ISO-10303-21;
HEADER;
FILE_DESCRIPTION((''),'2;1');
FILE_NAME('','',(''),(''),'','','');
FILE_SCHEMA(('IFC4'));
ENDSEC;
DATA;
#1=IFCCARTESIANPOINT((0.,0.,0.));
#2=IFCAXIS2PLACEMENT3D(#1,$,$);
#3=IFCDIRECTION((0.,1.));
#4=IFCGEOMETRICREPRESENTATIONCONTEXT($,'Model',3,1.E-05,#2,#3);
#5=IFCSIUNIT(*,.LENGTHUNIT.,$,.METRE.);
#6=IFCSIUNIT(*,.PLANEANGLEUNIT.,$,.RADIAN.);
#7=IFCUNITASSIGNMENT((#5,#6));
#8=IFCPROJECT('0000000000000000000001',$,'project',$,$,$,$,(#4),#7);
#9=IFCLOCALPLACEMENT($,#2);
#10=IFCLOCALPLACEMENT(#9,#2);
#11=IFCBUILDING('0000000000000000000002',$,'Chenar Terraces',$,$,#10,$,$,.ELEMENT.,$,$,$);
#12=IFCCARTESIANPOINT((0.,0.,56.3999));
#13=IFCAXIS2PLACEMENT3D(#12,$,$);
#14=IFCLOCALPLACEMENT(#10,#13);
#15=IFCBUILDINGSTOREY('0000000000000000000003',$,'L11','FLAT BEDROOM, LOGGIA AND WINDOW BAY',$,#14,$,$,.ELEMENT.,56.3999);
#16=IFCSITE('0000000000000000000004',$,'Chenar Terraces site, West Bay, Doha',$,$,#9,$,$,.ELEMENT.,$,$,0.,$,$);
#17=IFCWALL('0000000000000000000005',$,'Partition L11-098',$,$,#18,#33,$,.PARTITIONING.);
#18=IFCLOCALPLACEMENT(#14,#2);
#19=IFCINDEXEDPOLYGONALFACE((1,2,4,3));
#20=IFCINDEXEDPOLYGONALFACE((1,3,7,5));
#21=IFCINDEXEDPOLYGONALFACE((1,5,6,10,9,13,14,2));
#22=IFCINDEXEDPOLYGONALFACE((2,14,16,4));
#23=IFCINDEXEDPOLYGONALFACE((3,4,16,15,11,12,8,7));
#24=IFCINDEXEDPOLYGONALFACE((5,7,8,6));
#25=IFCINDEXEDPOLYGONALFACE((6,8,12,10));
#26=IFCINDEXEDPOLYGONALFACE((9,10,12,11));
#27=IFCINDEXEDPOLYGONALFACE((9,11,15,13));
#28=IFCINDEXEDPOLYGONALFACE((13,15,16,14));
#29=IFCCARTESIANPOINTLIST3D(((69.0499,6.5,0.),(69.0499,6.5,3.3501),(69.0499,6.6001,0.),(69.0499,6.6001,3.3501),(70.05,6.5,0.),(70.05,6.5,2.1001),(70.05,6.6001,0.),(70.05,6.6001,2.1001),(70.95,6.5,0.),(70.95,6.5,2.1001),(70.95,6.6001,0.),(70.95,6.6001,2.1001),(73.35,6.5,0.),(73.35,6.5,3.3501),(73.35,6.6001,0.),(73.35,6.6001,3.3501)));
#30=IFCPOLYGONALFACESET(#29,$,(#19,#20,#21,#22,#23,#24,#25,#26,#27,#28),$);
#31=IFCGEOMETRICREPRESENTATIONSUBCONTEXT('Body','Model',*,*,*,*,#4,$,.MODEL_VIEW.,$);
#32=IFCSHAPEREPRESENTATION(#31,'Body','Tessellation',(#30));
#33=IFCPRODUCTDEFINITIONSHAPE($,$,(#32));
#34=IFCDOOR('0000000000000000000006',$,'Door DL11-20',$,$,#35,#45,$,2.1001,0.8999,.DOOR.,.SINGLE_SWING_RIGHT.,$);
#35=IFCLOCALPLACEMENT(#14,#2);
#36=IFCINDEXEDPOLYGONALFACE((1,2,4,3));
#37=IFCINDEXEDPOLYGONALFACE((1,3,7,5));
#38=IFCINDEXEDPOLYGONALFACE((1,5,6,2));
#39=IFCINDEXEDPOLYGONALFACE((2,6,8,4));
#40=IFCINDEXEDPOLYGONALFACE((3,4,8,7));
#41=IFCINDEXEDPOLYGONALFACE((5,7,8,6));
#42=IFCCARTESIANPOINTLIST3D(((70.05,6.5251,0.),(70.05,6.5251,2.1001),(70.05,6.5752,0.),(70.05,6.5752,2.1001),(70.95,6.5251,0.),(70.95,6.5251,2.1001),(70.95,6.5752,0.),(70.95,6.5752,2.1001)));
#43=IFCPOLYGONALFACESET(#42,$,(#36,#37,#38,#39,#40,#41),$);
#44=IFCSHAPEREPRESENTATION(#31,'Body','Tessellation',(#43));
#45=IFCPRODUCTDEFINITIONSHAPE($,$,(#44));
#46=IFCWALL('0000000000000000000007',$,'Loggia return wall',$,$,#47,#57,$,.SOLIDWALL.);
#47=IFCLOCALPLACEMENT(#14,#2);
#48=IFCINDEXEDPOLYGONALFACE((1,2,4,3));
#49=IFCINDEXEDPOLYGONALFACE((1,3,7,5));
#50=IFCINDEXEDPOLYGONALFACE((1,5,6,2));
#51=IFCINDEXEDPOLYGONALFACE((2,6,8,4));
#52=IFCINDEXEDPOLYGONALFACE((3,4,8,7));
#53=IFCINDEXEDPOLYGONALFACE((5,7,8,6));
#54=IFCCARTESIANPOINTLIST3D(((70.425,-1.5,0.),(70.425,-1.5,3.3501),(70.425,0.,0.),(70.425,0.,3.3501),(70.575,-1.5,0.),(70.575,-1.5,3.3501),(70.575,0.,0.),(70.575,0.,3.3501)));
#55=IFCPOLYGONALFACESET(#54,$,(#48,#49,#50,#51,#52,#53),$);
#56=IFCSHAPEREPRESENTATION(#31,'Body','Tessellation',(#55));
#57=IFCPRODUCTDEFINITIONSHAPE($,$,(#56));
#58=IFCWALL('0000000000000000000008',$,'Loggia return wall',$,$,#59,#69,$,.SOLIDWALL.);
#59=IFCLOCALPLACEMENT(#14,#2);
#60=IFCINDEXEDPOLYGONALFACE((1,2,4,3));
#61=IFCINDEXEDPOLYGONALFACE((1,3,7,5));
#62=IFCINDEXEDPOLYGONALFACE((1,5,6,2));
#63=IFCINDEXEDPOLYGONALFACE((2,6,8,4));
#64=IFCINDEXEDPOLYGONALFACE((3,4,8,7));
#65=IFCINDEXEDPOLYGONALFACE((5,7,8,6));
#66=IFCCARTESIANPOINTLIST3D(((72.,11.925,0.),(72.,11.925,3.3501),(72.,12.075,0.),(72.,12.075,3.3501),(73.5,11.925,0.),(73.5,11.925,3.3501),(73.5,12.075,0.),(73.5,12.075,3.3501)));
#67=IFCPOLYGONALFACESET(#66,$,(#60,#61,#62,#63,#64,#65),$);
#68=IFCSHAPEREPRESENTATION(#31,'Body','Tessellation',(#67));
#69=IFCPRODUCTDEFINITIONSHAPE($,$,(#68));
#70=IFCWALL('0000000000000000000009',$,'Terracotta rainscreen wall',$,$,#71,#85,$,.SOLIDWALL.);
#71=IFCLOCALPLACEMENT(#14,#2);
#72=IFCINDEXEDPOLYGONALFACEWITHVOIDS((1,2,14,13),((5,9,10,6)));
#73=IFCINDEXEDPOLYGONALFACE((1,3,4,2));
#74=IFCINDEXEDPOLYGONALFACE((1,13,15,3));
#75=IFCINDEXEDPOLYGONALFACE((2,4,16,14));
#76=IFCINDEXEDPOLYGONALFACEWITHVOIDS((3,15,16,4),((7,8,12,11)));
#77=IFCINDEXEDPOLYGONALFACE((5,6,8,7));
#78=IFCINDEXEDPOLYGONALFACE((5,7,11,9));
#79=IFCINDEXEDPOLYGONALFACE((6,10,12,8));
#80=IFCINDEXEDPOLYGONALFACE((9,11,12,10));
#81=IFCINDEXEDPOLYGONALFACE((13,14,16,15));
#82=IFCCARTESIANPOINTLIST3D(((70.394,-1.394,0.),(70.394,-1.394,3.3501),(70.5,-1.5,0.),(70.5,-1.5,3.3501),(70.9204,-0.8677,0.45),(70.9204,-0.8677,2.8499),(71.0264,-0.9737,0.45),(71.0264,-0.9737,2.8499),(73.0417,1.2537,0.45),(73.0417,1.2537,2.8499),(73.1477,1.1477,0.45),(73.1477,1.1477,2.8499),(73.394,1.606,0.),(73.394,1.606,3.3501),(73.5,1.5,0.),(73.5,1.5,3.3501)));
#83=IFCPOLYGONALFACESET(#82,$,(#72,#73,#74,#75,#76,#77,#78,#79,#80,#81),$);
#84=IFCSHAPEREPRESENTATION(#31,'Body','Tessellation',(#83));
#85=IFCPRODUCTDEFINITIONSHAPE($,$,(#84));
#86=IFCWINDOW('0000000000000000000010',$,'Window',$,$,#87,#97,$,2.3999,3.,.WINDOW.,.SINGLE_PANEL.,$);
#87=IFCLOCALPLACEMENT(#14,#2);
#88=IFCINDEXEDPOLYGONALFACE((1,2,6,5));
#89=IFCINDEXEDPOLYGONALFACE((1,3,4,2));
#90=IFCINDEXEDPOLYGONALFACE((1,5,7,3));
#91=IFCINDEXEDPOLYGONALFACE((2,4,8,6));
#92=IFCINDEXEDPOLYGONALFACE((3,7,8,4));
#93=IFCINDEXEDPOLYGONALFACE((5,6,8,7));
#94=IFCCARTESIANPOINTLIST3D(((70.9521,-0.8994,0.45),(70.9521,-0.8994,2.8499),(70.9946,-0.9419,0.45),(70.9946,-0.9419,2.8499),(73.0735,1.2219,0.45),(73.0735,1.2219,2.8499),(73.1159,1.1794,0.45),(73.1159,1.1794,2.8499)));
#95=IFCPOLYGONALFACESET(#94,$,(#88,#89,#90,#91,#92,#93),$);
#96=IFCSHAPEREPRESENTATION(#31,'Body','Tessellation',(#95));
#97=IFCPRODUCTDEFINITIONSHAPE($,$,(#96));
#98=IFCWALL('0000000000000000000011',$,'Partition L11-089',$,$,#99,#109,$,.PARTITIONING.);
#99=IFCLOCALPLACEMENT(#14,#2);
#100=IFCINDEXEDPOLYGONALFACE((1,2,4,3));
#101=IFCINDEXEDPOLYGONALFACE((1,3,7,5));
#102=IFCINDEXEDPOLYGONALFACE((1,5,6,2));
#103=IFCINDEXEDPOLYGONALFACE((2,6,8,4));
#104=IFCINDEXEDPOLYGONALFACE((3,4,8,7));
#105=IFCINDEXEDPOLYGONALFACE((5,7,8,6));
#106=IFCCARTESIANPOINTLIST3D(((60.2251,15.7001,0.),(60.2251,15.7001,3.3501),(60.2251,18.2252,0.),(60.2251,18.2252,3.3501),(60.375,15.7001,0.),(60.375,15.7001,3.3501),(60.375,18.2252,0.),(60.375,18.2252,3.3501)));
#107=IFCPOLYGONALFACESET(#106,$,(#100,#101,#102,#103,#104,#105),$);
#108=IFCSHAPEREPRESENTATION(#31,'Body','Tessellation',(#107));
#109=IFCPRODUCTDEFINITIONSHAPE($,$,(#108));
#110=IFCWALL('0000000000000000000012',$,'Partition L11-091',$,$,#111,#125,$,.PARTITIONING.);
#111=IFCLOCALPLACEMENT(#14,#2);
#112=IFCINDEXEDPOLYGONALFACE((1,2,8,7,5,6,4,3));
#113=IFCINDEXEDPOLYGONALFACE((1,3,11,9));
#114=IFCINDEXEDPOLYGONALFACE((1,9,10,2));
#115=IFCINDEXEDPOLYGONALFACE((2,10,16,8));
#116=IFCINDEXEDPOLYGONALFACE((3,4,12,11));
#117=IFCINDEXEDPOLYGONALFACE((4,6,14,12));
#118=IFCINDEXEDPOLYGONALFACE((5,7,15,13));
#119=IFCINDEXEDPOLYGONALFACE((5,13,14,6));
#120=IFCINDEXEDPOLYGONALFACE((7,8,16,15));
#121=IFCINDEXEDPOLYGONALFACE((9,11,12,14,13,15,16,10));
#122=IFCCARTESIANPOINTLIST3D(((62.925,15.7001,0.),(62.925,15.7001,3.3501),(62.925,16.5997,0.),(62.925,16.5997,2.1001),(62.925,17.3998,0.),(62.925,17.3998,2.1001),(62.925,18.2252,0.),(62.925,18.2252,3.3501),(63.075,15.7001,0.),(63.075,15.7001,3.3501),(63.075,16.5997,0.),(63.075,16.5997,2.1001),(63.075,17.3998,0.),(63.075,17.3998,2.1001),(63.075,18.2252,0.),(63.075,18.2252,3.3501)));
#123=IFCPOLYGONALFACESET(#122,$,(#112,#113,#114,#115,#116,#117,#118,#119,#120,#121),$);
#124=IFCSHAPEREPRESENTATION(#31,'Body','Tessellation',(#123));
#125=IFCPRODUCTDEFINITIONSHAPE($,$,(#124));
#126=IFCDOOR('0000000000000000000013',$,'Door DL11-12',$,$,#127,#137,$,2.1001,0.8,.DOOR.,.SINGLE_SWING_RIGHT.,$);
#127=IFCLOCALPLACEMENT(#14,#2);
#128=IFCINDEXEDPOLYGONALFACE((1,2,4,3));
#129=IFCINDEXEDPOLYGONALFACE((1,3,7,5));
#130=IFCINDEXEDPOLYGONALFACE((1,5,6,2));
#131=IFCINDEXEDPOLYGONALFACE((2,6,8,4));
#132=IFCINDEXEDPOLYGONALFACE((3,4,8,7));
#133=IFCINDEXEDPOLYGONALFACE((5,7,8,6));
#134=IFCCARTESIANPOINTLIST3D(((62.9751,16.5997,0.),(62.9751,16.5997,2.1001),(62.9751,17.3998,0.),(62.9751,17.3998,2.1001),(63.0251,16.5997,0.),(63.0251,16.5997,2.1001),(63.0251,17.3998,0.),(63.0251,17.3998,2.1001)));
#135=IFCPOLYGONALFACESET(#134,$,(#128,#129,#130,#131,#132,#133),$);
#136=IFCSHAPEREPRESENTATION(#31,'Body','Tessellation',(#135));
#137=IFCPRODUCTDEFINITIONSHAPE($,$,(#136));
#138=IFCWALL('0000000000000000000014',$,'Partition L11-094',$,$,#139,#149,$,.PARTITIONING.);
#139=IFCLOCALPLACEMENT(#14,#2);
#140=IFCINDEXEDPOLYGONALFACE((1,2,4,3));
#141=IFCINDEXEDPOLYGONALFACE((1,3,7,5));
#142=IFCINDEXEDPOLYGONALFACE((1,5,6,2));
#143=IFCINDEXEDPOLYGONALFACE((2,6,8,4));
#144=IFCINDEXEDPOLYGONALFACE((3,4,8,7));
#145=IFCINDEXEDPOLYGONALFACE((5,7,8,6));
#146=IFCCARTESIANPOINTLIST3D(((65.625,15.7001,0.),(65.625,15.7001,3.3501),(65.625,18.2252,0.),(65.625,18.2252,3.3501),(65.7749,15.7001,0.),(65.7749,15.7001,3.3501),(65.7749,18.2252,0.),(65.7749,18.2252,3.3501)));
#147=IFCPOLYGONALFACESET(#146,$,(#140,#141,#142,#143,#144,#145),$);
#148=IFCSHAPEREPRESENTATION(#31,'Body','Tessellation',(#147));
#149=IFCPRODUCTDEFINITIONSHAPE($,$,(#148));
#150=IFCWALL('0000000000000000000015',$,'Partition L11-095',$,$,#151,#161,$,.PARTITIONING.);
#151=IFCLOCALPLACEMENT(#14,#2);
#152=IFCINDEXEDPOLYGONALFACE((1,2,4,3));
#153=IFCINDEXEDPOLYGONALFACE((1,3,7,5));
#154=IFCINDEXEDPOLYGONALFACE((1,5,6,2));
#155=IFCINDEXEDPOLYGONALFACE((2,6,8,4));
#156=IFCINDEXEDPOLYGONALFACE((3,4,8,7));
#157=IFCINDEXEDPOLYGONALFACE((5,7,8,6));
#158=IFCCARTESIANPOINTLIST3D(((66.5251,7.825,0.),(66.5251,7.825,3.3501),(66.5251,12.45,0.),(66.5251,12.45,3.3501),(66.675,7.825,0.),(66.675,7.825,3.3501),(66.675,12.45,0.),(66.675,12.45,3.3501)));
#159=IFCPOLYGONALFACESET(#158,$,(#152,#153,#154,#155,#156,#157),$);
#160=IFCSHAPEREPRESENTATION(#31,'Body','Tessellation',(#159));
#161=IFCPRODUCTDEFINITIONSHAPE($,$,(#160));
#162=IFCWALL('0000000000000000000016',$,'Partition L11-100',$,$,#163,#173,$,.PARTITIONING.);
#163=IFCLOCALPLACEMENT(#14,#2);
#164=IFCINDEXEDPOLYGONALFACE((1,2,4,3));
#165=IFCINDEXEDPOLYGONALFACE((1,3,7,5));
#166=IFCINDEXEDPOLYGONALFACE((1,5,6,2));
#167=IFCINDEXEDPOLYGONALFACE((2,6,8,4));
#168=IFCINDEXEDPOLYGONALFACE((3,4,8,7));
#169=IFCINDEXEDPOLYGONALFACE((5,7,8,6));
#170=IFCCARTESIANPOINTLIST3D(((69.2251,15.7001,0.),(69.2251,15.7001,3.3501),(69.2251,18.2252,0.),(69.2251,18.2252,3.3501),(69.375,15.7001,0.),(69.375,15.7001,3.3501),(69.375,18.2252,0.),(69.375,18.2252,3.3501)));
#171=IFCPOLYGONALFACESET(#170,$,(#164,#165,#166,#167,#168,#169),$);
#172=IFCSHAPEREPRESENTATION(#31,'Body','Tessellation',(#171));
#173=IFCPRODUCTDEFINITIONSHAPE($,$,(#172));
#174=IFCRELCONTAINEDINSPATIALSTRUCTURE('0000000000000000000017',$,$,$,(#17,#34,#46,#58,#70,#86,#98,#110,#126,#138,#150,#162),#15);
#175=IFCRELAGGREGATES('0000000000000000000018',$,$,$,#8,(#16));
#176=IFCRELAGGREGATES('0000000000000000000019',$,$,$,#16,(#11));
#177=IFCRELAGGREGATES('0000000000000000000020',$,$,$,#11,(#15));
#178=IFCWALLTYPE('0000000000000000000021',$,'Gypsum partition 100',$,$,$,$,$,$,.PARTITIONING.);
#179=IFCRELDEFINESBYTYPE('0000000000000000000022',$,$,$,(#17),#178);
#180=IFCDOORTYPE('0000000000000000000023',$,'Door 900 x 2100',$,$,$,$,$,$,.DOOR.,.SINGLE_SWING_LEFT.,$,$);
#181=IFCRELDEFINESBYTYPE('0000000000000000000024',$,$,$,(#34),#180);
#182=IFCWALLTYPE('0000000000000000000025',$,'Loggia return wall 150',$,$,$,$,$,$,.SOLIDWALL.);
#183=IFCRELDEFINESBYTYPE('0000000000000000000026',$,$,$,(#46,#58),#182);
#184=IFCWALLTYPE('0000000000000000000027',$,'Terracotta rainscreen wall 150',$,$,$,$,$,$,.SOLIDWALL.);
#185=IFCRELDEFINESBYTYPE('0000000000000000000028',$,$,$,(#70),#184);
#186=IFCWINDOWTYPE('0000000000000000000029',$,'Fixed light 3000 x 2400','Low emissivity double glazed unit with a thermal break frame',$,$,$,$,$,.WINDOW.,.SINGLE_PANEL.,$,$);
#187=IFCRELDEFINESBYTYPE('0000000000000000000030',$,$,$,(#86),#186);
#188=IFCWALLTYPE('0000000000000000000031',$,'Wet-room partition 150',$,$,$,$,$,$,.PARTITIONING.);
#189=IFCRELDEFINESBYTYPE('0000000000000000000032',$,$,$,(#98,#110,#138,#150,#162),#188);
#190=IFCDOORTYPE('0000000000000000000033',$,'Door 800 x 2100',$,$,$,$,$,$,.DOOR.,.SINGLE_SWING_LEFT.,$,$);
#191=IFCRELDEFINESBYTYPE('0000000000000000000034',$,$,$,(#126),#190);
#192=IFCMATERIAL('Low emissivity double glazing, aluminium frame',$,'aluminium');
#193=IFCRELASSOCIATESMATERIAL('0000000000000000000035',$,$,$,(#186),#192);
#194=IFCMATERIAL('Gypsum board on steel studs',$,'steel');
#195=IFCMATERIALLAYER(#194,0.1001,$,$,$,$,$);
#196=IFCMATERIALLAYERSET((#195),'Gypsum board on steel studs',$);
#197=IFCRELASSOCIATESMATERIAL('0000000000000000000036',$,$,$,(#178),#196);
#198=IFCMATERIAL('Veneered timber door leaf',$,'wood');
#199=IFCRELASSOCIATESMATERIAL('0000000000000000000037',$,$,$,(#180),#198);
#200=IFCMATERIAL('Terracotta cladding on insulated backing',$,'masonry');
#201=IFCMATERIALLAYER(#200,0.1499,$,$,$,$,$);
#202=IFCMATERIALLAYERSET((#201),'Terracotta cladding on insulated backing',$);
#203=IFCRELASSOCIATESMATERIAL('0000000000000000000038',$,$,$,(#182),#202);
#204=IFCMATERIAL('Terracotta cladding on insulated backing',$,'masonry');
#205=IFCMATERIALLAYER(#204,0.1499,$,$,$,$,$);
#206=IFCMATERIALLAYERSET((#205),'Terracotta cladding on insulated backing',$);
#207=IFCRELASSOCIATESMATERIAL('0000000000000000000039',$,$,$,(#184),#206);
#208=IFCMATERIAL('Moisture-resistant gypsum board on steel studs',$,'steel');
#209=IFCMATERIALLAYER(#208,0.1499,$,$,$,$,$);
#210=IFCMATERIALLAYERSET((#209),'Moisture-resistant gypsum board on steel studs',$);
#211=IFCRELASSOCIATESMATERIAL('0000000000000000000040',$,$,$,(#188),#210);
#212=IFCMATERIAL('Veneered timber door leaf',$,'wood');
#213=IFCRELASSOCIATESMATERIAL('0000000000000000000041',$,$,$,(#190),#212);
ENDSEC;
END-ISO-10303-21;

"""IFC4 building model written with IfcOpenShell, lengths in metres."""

from ifc_helpers import new_model, si_unit, direction, frame, frame_2d, origin, place, context, subcontext, project, spatial, rectangle, extrude, material, layer, layer_set, type_object, element, fill, save


model = new_model("IFC4")

# Units and contexts
model_context = context("Model", 3, precision=1e-05, world=origin(), true_north=direction((0.0, 1.0)))
body_context = subcontext(model_context, "Body", "Model", "MODEL_VIEW")
ifc_project = project(units=[si_unit("LENGTHUNIT", "METRE"), si_unit("PLANEANGLEUNIT", "RADIAN")], contexts=[model_context])

# Site, building, storey
site_placement = place(None, origin())
site = spatial("IfcSite", under=ifc_project, at=site_placement, Name="Chenar Terraces site, West Bay, Doha", CompositionType="ELEMENT", RefElevation=0.0)
building_placement = place(site_placement, origin())
building = spatial("IfcBuilding", under=site, at=building_placement, Name="Chenar Terraces", CompositionType="ELEMENT")
storey_placement = place(building_placement, frame((0.0, 0.0, 56.3999)))
storey = spatial("IfcBuildingStorey", under=building, at=storey_placement, Name="L11", Description="FLAT BEDROOM, LOGGIA AND WINDOW BAY", CompositionType="ELEMENT", Elevation=56.3999)

# Shared definitions
ifc_material_1 = material(Name="Low emissivity double glazing, aluminium frame", Category="aluminium")
window_type_1 = type_object("IfcWindowType", Name="Fixed light 3000 x 2400", Description="Low emissivity double glazed unit with a thermal break frame", PartitioningType="SINGLE_PANEL", PredefinedType="WINDOW", material=ifc_material_1)

# Shared definitions
ifc_material_2 = material(Name="Gypsum board on steel studs", Category="steel")
ifc_layer_1 = layer(ifc_material_2, 0.1001)
ifc_layer_set_1 = layer_set([ifc_layer_1], Name="Gypsum board on steel studs")
wall_type_1 = type_object("IfcWallType", Name="Gypsum partition 100", PredefinedType="PARTITIONING", material=ifc_layer_set_1)

# Wall, opening, door
wall_1_placement = place(storey_placement, frame((69.05, 6.55, 0.0), z_axis=(0.0, 0.0, 1.0), x_axis=(1.0, 0.0, 0.0)))
wall_1 = element("IfcWall", 1, at=wall_1_placement, inside=storey, type_object=wall_type_1, Name="Partition L11-098", PredefinedType="PARTITIONING", context=body_context, shape_type="SweptSolid", body=[
    extrude(rectangle(XDim=4.3, YDim=0.1001, at=frame_2d((2.1499, 0.0))), origin(), (0.0, 0.0, 1.0), 3.3501),
])
opening_1_placement = place(wall_1_placement, frame((1.0, 0.0, 0.0)))
opening_1 = element("IfcOpeningElement", 2, at=opening_1_placement, cuts=wall_1, PredefinedType="OPENING", context=body_context, shape_type="SweptSolid", body=[
    extrude(rectangle(XDim=0.8999, YDim=2.1001, at=frame_2d((0.45, 1.05))), frame((0.0, 0.0601, 0.0), z_axis=(0.0, -1.0, 0.0), x_axis=(1.0, 0.0, 0.0)), (0.0, 0.0, 1.0), 0.1201),
])
ifc_material_3 = material(Name="Veneered timber door leaf", Category="wood")
door_type_1 = type_object("IfcDoorType", Name="Door 900 x 2100", OperationType="SINGLE_SWING_LEFT", PredefinedType="DOOR", material=ifc_material_3)
door_1_placement = place(opening_1_placement, frame((0.8999, 0.0, 0.0), z_axis=(0.0, 0.0, 1.0), x_axis=(-1.0, 0.0, 0.0)))
door_1 = element("IfcDoor", 3, at=door_1_placement, inside=storey, type_object=door_type_1, Name="Door DL11-20", OperationType="SINGLE_SWING_RIGHT", OverallHeight=2.1001, OverallWidth=0.8999, PredefinedType="DOOR", context=body_context, shape_type="SweptSolid", body=[
    extrude(rectangle(XDim=0.8999, YDim=2.1001, at=frame_2d((0.45, 1.05))), frame((0.0, 0.0249, 0.0), z_axis=(0.0, -1.0, 0.0), x_axis=(1.0, 0.0, 0.0)), (0.0, 0.0, 1.0), 0.05),
])
fill(opening_1, door_1)

# Walls
ifc_material_4 = material(Name="Terracotta cladding on insulated backing", Category="masonry")
ifc_layer_2 = layer(ifc_material_4, 0.1499)
ifc_layer_set_2 = layer_set([ifc_layer_2], Name="Terracotta cladding on insulated backing")
wall_type_2 = type_object("IfcWallType", Name="Loggia return wall 150", PredefinedType="SOLIDWALL", material=ifc_layer_set_2)
for number, where, z_axis, x_axis, name in (
    (4, (70.5, -1.5, 0.0), (0.0, 0.0, 1.0), (0.0, 1.0, 0.0), "Loggia return wall"),
    (5, (73.5, 12.0, 0.0), (0.0, 0.0, 1.0), (-1.0, 0.0, 0.0), "Loggia return wall"),
):
    element("IfcWall", number, at=place(storey_placement, frame(where, z_axis=z_axis, x_axis=x_axis)), inside=storey, type_object=wall_type_2, Name=name, PredefinedType="SOLIDWALL", context=body_context, shape_type="SweptSolid", body=[
        extrude(rectangle(XDim=1.5, YDim=0.1499, at=frame_2d((0.75, 0.0))), origin(), (0.0, 0.0, 1.0), 3.3501),
    ])

# Wall, opening, window
ifc_material_5 = material(Name="Terracotta cladding on insulated backing", Category="masonry")
ifc_layer_3 = layer(ifc_material_5, 0.1499)
ifc_layer_set_3 = layer_set([ifc_layer_3], Name="Terracotta cladding on insulated backing")
wall_type_3 = type_object("IfcWallType", Name="Terracotta rainscreen wall 150", PredefinedType="SOLIDWALL", material=ifc_layer_set_3)
wall_2_placement = place(storey_placement, frame((70.447, -1.447, 0.0), z_axis=(0.0, 0.0, 1.0), x_axis=(0.707107, 0.707107, 0.0)))
wall_2 = element("IfcWall", 6, at=wall_2_placement, inside=storey, type_object=wall_type_3, Name="Terracotta rainscreen wall", PredefinedType="SOLIDWALL", context=body_context, shape_type="SweptSolid", body=[
    extrude(rectangle(XDim=4.2427, YDim=0.1499, at=frame_2d((2.1213, 0.0))), origin(), (0.0, 0.0, 1.0), 3.3501),
])
opening_2_placement = place(wall_2_placement, frame((0.7444, 0.0, 0.45)))
opening_2 = element("IfcOpeningElement", 7, at=opening_2_placement, cuts=wall_2, PredefinedType="OPENING", context=body_context, shape_type="SweptSolid", body=[
    extrude(rectangle(XDim=3.0, YDim=2.3999, at=frame_2d((1.5, 1.2))), frame((0.0, 0.085, 0.0), z_axis=(0.0, -1.0, 0.0), x_axis=(1.0, 0.0, 0.0)), (0.0, 0.0, 1.0), 0.1699),
])
window_1_placement = place(opening_2_placement, origin())
window_1 = element("IfcWindow", 8, at=window_1_placement, inside=storey, type_object=window_type_1, Name="Window", OverallHeight=2.3999, OverallWidth=3.0, PartitioningType="SINGLE_PANEL", PredefinedType="WINDOW", context=body_context, shape_type="SweptSolid", body=[
    extrude(rectangle(XDim=3.0, YDim=2.3999, at=frame_2d((1.5, 1.2))), frame((0.0, 0.03, 0.0), z_axis=(0.0, -1.0, 0.0), x_axis=(1.0, 0.0, 0.0)), (0.0, 0.0, 1.0), 0.0601),
])
fill(opening_2, window_1)

# Wall
ifc_material_6 = material(Name="Moisture-resistant gypsum board on steel studs", Category="steel")
ifc_layer_4 = layer(ifc_material_6, 0.1499)
ifc_layer_set_4 = layer_set([ifc_layer_4], Name="Moisture-resistant gypsum board on steel studs")
wall_type_4 = type_object("IfcWallType", Name="Wet-room partition 150", PredefinedType="PARTITIONING", material=ifc_layer_set_4)
wall_3_placement = place(storey_placement, frame((60.3, 15.7, 0.0), z_axis=(0.0, 0.0, 1.0), x_axis=(0.0, 1.0, 0.0)))
element("IfcWall", 9, at=wall_3_placement, inside=storey, type_object=wall_type_4, Name="Partition L11-089", PredefinedType="PARTITIONING", context=body_context, shape_type="SweptSolid", body=[
    extrude(rectangle(XDim=2.5251, YDim=0.1499, at=frame_2d((1.2627, 0.0))), origin(), (0.0, 0.0, 1.0), 3.3501),
])

# Wall, opening, door
wall_4_placement = place(storey_placement, frame((63.0, 15.7, 0.0), z_axis=(0.0, 0.0, 1.0), x_axis=(0.0, 1.0, 0.0)))
wall_4 = element("IfcWall", 10, at=wall_4_placement, inside=storey, type_object=wall_type_4, Name="Partition L11-091", PredefinedType="PARTITIONING", context=body_context, shape_type="SweptSolid", body=[
    extrude(rectangle(XDim=2.5251, YDim=0.1499, at=frame_2d((1.2627, 0.0))), origin(), (0.0, 0.0, 1.0), 3.3501),
])
opening_3_placement = place(wall_4_placement, frame((0.8999, 0.0, 0.0)))
opening_3 = element("IfcOpeningElement", 11, at=opening_3_placement, cuts=wall_4, PredefinedType="OPENING", context=body_context, shape_type="SweptSolid", body=[
    extrude(rectangle(XDim=0.8, YDim=2.1001, at=frame_2d((0.3999, 1.05))), frame((0.0, 0.085, 0.0), z_axis=(0.0, -1.0, 0.0), x_axis=(1.0, 0.0, 0.0)), (0.0, 0.0, 1.0), 0.1699),
])
ifc_material_7 = material(Name="Veneered timber door leaf", Category="wood")
door_type_2 = type_object("IfcDoorType", Name="Door 800 x 2100", OperationType="SINGLE_SWING_LEFT", PredefinedType="DOOR", material=ifc_material_7)
door_2_placement = place(opening_3_placement, origin())
door_2 = element("IfcDoor", 12, at=door_2_placement, inside=storey, type_object=door_type_2, Name="Door DL11-12", OperationType="SINGLE_SWING_RIGHT", OverallHeight=2.1001, OverallWidth=0.8, PredefinedType="DOOR", context=body_context, shape_type="SweptSolid", body=[
    extrude(rectangle(XDim=0.8, YDim=2.1001, at=frame_2d((0.3999, 1.05))), frame((0.0, 0.0249, 0.0), z_axis=(0.0, -1.0, 0.0), x_axis=(1.0, 0.0, 0.0)), (0.0, 0.0, 1.0), 0.05),
])
fill(opening_3, door_2)

# Walls
wall_5_placement = place(storey_placement, frame((65.7, 15.7, 0.0), z_axis=(0.0, 0.0, 1.0), x_axis=(0.0, 1.0, 0.0)))
element("IfcWall", 13, at=wall_5_placement, inside=storey, type_object=wall_type_4, Name="Partition L11-094", PredefinedType="PARTITIONING", context=body_context, shape_type="SweptSolid", body=[
    extrude(rectangle(XDim=2.5251, YDim=0.1499, at=frame_2d((1.2627, 0.0))), origin(), (0.0, 0.0, 1.0), 3.3501),
])
wall_6_placement = place(storey_placement, frame((66.6001, 7.825, 0.0), z_axis=(0.0, 0.0, 1.0), x_axis=(0.0, 1.0, 0.0)))
element("IfcWall", 14, at=wall_6_placement, inside=storey, type_object=wall_type_4, Name="Partition L11-095", PredefinedType="PARTITIONING", context=body_context, shape_type="SweptSolid", body=[
    extrude(rectangle(XDim=4.625, YDim=0.1499, at=frame_2d((2.3125, 0.0))), origin(), (0.0, 0.0, 1.0), 3.3501),
])
wall_7_placement = place(storey_placement, frame((69.3, 15.7, 0.0), z_axis=(0.0, 0.0, 1.0), x_axis=(0.0, 1.0, 0.0)))
element("IfcWall", 15, at=wall_7_placement, inside=storey, type_object=wall_type_4, Name="Partition L11-100", PredefinedType="PARTITIONING", context=body_context, shape_type="SweptSolid", body=[
    extrude(rectangle(XDim=2.5251, YDim=0.1499, at=frame_2d((1.2627, 0.0))), origin(), (0.0, 0.0, 1.0), 3.3501),
])

save(model, "model.ifc")
